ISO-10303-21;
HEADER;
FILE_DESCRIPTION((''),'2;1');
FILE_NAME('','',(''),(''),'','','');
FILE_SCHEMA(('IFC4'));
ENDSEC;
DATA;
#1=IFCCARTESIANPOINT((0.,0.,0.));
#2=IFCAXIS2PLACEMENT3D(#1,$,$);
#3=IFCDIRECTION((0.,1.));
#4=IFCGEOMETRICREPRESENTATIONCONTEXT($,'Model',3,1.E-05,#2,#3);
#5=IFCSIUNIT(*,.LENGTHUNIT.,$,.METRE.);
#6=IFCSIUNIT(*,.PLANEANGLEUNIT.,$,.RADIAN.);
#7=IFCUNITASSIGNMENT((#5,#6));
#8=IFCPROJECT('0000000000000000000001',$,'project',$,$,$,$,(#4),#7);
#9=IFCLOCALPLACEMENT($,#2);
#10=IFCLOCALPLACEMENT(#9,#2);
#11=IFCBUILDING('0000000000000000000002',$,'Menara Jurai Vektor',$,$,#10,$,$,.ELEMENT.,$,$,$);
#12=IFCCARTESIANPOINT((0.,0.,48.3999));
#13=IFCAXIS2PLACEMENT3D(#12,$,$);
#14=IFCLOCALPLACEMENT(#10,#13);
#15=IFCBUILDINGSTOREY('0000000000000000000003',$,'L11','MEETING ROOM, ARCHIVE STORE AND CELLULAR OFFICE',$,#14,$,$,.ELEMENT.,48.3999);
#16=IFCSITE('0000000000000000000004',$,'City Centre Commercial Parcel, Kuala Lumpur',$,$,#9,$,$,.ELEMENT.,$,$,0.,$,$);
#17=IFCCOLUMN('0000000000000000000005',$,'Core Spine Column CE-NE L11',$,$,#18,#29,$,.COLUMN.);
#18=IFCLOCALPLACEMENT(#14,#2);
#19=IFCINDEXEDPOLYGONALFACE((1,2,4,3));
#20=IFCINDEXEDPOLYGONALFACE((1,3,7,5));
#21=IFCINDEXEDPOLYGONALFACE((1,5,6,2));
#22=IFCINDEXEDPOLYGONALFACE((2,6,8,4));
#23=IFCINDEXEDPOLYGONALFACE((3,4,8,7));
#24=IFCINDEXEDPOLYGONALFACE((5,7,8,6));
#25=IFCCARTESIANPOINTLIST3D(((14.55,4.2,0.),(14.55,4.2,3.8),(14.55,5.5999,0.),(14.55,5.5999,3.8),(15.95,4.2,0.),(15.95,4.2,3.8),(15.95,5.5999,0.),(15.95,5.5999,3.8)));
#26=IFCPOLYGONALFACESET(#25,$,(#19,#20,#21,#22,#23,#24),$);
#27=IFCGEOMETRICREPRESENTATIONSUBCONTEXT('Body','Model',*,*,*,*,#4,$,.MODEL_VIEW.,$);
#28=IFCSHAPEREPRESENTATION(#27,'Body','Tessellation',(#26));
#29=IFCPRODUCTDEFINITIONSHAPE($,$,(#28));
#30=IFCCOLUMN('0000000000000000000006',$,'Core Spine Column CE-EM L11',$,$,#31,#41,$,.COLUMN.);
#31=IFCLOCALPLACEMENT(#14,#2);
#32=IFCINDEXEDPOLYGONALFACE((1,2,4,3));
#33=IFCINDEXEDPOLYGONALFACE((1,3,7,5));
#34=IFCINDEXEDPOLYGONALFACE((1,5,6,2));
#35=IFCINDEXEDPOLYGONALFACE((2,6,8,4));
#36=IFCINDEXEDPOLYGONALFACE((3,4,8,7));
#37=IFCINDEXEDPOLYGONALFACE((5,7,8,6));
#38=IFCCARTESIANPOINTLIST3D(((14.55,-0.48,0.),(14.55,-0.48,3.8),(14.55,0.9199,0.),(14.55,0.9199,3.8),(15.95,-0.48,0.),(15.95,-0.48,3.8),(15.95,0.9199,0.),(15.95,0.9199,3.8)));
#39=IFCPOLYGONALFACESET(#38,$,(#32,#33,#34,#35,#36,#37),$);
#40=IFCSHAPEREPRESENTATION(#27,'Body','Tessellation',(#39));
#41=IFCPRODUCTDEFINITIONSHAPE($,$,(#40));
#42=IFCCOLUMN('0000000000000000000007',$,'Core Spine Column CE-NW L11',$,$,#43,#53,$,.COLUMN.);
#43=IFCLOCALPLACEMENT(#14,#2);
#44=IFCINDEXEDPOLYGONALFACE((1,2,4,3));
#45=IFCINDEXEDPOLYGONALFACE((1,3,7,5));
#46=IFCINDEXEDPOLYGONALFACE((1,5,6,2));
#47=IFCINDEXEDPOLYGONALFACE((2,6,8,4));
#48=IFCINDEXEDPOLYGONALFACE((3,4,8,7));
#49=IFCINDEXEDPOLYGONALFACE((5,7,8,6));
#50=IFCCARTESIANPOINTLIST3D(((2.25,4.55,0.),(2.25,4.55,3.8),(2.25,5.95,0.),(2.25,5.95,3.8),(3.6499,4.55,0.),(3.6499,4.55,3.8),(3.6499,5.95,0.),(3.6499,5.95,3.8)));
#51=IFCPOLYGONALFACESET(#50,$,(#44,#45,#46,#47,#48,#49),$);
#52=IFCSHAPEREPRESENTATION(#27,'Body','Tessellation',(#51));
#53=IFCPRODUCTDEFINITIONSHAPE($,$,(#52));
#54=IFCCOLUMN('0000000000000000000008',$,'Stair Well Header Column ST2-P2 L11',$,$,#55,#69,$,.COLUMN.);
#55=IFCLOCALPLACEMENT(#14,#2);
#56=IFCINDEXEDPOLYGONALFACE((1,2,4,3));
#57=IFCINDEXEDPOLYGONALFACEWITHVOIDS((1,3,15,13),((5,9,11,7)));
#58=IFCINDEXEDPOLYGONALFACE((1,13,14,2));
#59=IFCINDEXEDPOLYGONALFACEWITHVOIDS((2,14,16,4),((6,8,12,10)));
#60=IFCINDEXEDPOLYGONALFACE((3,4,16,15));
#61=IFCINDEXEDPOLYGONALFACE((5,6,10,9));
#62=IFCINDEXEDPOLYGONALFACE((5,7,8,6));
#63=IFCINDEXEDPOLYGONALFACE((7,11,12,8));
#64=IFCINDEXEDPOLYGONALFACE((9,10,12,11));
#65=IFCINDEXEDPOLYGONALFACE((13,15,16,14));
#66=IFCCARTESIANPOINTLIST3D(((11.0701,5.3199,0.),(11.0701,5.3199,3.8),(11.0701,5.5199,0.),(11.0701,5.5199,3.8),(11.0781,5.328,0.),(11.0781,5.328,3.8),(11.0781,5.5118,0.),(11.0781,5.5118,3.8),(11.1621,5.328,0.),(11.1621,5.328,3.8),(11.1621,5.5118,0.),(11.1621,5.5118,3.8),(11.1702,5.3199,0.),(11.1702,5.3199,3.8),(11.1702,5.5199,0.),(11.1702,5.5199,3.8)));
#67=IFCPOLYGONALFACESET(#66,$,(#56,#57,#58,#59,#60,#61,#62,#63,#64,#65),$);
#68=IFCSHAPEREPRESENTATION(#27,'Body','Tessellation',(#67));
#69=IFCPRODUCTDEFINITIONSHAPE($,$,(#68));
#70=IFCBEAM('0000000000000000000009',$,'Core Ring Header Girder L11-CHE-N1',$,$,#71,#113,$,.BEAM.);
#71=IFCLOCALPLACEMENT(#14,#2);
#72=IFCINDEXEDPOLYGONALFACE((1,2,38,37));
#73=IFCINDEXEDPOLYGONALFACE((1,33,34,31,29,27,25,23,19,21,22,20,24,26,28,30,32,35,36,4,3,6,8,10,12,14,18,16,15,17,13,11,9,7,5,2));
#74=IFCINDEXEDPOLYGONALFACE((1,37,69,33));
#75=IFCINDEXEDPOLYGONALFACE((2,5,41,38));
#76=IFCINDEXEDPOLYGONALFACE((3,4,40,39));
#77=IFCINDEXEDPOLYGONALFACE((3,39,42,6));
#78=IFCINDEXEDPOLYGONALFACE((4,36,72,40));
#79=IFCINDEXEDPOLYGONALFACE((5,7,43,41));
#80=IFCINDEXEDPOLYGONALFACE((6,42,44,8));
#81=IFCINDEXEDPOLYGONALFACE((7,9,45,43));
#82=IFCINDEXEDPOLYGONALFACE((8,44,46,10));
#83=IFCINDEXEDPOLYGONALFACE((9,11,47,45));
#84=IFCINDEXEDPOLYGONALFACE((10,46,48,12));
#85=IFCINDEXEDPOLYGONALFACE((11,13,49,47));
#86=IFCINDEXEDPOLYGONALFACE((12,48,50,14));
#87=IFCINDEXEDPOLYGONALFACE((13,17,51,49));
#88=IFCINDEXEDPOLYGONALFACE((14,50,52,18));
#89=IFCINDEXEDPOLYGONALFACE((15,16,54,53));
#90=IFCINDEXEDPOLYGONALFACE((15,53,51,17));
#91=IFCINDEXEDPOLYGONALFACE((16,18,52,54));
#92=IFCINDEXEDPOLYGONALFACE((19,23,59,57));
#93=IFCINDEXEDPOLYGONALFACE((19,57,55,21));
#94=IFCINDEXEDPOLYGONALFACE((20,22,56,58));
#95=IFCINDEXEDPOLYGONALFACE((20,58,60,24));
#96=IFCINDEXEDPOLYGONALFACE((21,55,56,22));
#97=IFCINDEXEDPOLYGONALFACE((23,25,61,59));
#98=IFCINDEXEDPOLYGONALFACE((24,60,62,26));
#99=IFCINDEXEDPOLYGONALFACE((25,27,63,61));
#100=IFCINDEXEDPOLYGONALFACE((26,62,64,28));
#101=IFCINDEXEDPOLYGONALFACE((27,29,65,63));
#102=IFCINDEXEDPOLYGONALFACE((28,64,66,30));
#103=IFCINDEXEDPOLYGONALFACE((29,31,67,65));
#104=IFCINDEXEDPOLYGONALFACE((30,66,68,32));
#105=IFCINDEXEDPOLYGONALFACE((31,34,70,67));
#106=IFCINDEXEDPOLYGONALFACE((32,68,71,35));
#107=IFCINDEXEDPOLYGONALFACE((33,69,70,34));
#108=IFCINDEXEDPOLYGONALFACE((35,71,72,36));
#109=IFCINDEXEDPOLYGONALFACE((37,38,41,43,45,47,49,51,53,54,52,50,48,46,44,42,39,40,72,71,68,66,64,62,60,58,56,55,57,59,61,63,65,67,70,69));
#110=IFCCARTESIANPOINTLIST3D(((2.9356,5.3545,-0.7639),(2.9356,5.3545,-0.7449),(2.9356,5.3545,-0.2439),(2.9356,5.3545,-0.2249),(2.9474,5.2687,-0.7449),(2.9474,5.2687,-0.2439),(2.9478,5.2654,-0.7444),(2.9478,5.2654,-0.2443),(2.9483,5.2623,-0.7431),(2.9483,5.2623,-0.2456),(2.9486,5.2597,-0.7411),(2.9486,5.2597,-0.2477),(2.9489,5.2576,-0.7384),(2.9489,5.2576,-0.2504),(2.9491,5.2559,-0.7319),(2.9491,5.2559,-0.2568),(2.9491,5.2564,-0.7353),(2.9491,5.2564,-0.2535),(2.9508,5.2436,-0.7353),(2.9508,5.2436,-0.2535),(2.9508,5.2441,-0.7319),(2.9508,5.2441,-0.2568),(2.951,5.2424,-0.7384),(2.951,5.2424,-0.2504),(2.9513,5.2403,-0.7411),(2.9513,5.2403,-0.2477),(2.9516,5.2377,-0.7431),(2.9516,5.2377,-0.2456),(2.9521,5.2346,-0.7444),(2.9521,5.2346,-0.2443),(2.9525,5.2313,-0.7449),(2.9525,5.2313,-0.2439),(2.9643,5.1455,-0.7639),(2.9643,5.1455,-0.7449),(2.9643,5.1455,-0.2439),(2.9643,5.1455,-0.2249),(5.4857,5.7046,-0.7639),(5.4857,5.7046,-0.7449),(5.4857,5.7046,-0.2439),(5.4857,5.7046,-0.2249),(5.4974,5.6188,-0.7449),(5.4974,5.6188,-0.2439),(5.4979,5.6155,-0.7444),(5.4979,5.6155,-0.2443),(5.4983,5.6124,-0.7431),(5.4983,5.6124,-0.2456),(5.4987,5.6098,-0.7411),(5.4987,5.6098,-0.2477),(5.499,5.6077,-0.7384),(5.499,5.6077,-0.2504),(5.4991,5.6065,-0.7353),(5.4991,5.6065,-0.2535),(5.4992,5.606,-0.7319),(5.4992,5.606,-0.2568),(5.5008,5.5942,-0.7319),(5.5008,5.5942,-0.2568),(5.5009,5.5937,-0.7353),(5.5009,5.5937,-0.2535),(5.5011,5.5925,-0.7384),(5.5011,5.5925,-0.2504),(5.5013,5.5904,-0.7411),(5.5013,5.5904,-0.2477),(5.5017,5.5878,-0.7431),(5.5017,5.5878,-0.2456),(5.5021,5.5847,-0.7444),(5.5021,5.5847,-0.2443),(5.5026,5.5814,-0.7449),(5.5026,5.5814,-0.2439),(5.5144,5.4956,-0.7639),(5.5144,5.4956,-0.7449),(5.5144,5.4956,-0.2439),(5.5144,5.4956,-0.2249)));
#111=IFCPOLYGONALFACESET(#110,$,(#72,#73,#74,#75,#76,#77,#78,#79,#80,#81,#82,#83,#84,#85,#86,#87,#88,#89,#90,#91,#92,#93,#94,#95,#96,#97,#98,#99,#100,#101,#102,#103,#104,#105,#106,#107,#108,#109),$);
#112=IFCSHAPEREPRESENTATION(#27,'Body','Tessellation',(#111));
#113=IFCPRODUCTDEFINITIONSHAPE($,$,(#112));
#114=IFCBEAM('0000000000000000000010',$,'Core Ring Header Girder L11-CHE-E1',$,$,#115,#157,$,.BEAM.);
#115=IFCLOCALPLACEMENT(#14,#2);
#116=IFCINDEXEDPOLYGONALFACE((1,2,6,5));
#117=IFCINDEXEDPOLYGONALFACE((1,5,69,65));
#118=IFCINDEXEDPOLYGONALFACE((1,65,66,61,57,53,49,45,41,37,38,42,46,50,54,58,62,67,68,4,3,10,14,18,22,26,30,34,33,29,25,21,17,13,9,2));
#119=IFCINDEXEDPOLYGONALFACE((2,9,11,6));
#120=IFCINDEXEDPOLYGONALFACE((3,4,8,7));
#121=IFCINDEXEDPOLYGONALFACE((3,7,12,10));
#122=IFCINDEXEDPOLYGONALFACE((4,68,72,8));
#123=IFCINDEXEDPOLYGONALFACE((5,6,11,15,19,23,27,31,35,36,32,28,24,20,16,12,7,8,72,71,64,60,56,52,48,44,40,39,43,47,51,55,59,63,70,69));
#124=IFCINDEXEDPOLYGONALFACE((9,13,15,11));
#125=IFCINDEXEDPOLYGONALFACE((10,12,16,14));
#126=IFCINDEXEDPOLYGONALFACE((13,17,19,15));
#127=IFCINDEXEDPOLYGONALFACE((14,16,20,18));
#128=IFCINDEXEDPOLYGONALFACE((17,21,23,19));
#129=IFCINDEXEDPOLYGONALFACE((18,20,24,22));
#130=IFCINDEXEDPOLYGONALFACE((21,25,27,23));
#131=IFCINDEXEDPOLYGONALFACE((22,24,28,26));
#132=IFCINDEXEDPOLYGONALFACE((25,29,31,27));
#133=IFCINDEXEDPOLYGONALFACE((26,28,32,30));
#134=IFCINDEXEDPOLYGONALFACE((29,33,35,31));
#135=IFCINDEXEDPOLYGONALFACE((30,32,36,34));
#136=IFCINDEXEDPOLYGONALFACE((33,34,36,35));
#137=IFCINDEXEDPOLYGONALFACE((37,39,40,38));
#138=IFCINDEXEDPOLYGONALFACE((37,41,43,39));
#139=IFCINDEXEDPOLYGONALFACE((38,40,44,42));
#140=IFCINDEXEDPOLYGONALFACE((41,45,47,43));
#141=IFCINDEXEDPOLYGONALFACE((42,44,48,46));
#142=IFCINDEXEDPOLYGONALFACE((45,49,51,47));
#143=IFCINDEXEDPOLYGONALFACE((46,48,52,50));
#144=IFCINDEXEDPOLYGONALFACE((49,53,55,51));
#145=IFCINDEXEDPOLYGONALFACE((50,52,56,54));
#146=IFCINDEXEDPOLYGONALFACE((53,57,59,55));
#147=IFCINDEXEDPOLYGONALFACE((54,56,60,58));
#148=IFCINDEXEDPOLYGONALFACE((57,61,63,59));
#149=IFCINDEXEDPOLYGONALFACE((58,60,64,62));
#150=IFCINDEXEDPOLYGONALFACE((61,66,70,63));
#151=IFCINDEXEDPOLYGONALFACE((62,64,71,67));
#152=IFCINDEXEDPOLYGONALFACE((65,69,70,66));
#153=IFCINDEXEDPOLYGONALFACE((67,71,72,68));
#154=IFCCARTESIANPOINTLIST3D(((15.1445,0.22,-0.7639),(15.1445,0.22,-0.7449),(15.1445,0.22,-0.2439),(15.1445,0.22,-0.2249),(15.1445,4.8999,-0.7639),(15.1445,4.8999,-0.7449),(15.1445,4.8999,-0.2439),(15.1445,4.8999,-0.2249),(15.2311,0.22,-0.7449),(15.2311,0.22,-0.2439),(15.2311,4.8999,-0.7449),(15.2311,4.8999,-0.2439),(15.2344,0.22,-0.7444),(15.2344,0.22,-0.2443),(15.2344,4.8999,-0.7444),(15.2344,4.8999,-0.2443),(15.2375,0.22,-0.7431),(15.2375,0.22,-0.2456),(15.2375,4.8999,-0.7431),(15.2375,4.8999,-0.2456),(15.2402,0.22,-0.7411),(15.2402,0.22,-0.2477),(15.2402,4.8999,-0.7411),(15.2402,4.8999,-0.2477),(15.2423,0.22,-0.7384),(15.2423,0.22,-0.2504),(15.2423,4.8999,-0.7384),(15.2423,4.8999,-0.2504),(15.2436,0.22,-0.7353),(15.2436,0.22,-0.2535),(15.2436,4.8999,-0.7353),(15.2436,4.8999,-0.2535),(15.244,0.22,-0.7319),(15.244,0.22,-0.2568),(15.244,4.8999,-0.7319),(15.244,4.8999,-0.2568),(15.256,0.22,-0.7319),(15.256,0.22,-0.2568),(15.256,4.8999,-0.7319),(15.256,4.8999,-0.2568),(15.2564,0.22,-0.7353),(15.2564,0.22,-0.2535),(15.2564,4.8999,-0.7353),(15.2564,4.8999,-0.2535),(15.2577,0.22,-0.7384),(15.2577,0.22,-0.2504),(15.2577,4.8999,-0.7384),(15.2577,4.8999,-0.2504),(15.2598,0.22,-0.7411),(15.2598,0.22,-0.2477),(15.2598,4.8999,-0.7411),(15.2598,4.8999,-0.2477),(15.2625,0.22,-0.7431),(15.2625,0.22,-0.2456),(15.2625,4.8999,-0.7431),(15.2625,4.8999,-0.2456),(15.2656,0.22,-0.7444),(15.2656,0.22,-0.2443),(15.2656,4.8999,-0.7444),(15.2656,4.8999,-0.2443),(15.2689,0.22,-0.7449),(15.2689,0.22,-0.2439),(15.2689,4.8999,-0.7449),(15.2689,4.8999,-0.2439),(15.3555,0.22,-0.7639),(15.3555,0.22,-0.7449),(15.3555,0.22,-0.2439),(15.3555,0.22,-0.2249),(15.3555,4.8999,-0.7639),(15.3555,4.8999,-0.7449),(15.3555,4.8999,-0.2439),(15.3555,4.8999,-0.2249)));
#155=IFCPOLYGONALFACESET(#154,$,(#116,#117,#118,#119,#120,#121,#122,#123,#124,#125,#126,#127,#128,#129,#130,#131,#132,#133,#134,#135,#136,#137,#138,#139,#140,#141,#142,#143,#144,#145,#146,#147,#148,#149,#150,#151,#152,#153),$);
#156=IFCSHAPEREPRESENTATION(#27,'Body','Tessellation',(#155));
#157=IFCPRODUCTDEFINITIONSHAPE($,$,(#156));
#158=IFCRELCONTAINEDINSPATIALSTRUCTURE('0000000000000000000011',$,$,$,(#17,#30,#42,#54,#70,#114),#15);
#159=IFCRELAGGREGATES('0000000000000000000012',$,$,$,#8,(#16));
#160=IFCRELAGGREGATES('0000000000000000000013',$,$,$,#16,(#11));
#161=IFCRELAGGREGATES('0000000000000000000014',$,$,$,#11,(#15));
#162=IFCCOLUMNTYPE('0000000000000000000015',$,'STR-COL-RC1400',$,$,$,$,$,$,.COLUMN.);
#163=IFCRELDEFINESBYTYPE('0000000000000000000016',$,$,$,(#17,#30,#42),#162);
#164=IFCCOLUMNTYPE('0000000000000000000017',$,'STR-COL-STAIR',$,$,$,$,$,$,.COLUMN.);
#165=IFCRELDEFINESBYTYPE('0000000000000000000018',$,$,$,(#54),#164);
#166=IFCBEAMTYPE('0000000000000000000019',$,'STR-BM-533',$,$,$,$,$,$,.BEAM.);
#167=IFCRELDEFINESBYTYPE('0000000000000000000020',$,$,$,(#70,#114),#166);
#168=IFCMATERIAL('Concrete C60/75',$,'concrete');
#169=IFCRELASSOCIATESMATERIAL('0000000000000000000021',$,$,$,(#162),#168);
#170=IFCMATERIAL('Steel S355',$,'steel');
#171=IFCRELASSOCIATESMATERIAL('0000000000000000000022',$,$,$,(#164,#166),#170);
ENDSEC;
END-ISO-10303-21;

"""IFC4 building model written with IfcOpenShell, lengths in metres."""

from ifc_helpers import new_model, si_unit, direction, frame, origin, origin_2d, place, context, subcontext, project, spatial, rectangle, hollow_rectangle, i_section, extrude, material, material_profile, profile_set, type_object, element, save


model = new_model("IFC4")

# Units and contexts
model_context = context("Model", 3, precision=1e-05, world=origin(), true_north=direction((0.0, 1.0)))
body_context = subcontext(model_context, "Body", "Model", "MODEL_VIEW")
ifc_project = project(units=[si_unit("LENGTHUNIT", "METRE"), si_unit("PLANEANGLEUNIT", "RADIAN")], contexts=[model_context])

# Site, building, storey
site_placement = place(None, origin())
site = spatial("IfcSite", under=ifc_project, at=site_placement, Name="City Centre Commercial Parcel, Kuala Lumpur", CompositionType="ELEMENT", RefElevation=0.0)
building_placement = place(site_placement, origin())
building = spatial("IfcBuilding", under=site, at=building_placement, Name="Menara Jurai Vektor", CompositionType="ELEMENT")
storey_placement = place(building_placement, frame((0.0, 0.0, 48.3999)))
storey = spatial("IfcBuildingStorey", under=building, at=storey_placement, Name="L11", Description="MEETING ROOM, ARCHIVE STORE AND CELLULAR OFFICE", CompositionType="ELEMENT", Elevation=48.3999)

# Columns
ifc_material_1 = material(Name="Concrete C60/75", Category="concrete")
ifc_material_profile_1 = material_profile(ifc_material_1, rectangle(XDim=1.3999, YDim=1.3999, at=origin_2d()), Name="RC 1400x1400")
ifc_profile_set_1 = profile_set([ifc_material_profile_1], Name="Concrete C60/75")
column_type_1 = type_object("IfcColumnType", Name="STR-COL-RC1400", PredefinedType="COLUMN", material=ifc_profile_set_1)
for number, where, z_axis, x_axis, name in (
    (1, (15.25, 4.8999, 0.0), (0.0, 0.0, 1.0), (1.0, 0.0, 0.0), "Core Spine Column CE-NE L11"),
    (2, (15.25, 0.22, 0.0), (0.0, 0.0, 1.0), (1.0, 0.0, 0.0), "Core Spine Column CE-EM L11"),
    (3, (2.95, 5.25, 0.0), (0.0, 0.0, 1.0), (1.0, 0.0, 0.0), "Core Spine Column CE-NW L11"),
):
    element("IfcColumn", number, at=place(storey_placement, frame(where, z_axis=z_axis, x_axis=x_axis)), inside=storey, type_object=column_type_1, Name=name, PredefinedType="COLUMN", context=body_context, shape_type="SweptSolid", body=[
        extrude(rectangle(XDim=1.3999, YDim=1.3999, at=origin_2d()), origin(), (0.0, 0.0, 1.0), 3.8),
    ])
ifc_material_2 = material(Name="Steel S355", Category="steel")
ifc_material_profile_2 = material_profile(ifc_material_2, hollow_rectangle(XDim=0.1001, YDim=0.2, WallThickness=0.0081, at=origin_2d()), Name="RHS 200x100x8")
ifc_profile_set_2 = profile_set([ifc_material_profile_2], Name="Steel S355")
column_type_2 = type_object("IfcColumnType", Name="STR-COL-STAIR", PredefinedType="COLUMN", material=ifc_profile_set_2)
column_placement = place(storey_placement, frame((11.1201, 5.4199, 0.0), z_axis=(0.0, 0.0, 1.0), x_axis=(1.0, 0.0, 0.0)))
element("IfcColumn", 4, at=column_placement, inside=storey, type_object=column_type_2, Name="Stair Well Header Column ST2-P2 L11", PredefinedType="COLUMN", context=body_context, shape_type="SweptSolid", body=[
    extrude(hollow_rectangle(XDim=0.1001, YDim=0.2, WallThickness=0.0081, at=origin_2d()), origin(), (0.0, 0.0, 1.0), 3.8),
])

# Beams
ifc_material_profile_3 = material_profile(ifc_material_2, i_section(OverallWidth=0.2109, OverallDepth=0.5391, WebThickness=0.012, FlangeThickness=0.019, FilletRadius=0.0129, at=origin_2d()), Name="UKB 533x210x109")
ifc_profile_set_3 = profile_set([ifc_material_profile_3], Name="Steel S355")
beam_type_1 = type_object("IfcBeamType", Name="STR-BM-533", PredefinedType="BEAM", material=ifc_profile_set_3)
beam_1_placement = place(storey_placement, frame((2.95, 5.25, -0.4944), z_axis=(0.990707, 0.136015, 0.0), x_axis=(-0.136015, 0.990707, 0.0)))
element("IfcBeam", 5, at=beam_1_placement, inside=storey, type_object=beam_type_1, Name="Core Ring Header Girder L11-CHE-N1", PredefinedType="BEAM", context=body_context, shape_type="SweptSolid", body=[
    extrude(i_section(OverallWidth=0.2109, OverallDepth=0.5391, WebThickness=0.012, FlangeThickness=0.019, FilletRadius=0.0129, at=origin_2d()), origin(), (0.0, 0.0, 1.0), 2.574),
])
beam_2_placement = place(storey_placement, frame((15.25, 0.22, -0.4944), z_axis=(0.0, 1.0, 0.0), x_axis=(-1.0, 0.0, 0.0)))
element("IfcBeam", 6, at=beam_2_placement, inside=storey, type_object=beam_type_1, Name="Core Ring Header Girder L11-CHE-E1", PredefinedType="BEAM", context=body_context, shape_type="SweptSolid", body=[
    extrude(i_section(OverallWidth=0.2109, OverallDepth=0.5391, WebThickness=0.012, FlangeThickness=0.019, FilletRadius=0.0129, at=origin_2d()), origin(), (0.0, 0.0, 1.0), 4.6799),
])

save(model, "model.ifc")
